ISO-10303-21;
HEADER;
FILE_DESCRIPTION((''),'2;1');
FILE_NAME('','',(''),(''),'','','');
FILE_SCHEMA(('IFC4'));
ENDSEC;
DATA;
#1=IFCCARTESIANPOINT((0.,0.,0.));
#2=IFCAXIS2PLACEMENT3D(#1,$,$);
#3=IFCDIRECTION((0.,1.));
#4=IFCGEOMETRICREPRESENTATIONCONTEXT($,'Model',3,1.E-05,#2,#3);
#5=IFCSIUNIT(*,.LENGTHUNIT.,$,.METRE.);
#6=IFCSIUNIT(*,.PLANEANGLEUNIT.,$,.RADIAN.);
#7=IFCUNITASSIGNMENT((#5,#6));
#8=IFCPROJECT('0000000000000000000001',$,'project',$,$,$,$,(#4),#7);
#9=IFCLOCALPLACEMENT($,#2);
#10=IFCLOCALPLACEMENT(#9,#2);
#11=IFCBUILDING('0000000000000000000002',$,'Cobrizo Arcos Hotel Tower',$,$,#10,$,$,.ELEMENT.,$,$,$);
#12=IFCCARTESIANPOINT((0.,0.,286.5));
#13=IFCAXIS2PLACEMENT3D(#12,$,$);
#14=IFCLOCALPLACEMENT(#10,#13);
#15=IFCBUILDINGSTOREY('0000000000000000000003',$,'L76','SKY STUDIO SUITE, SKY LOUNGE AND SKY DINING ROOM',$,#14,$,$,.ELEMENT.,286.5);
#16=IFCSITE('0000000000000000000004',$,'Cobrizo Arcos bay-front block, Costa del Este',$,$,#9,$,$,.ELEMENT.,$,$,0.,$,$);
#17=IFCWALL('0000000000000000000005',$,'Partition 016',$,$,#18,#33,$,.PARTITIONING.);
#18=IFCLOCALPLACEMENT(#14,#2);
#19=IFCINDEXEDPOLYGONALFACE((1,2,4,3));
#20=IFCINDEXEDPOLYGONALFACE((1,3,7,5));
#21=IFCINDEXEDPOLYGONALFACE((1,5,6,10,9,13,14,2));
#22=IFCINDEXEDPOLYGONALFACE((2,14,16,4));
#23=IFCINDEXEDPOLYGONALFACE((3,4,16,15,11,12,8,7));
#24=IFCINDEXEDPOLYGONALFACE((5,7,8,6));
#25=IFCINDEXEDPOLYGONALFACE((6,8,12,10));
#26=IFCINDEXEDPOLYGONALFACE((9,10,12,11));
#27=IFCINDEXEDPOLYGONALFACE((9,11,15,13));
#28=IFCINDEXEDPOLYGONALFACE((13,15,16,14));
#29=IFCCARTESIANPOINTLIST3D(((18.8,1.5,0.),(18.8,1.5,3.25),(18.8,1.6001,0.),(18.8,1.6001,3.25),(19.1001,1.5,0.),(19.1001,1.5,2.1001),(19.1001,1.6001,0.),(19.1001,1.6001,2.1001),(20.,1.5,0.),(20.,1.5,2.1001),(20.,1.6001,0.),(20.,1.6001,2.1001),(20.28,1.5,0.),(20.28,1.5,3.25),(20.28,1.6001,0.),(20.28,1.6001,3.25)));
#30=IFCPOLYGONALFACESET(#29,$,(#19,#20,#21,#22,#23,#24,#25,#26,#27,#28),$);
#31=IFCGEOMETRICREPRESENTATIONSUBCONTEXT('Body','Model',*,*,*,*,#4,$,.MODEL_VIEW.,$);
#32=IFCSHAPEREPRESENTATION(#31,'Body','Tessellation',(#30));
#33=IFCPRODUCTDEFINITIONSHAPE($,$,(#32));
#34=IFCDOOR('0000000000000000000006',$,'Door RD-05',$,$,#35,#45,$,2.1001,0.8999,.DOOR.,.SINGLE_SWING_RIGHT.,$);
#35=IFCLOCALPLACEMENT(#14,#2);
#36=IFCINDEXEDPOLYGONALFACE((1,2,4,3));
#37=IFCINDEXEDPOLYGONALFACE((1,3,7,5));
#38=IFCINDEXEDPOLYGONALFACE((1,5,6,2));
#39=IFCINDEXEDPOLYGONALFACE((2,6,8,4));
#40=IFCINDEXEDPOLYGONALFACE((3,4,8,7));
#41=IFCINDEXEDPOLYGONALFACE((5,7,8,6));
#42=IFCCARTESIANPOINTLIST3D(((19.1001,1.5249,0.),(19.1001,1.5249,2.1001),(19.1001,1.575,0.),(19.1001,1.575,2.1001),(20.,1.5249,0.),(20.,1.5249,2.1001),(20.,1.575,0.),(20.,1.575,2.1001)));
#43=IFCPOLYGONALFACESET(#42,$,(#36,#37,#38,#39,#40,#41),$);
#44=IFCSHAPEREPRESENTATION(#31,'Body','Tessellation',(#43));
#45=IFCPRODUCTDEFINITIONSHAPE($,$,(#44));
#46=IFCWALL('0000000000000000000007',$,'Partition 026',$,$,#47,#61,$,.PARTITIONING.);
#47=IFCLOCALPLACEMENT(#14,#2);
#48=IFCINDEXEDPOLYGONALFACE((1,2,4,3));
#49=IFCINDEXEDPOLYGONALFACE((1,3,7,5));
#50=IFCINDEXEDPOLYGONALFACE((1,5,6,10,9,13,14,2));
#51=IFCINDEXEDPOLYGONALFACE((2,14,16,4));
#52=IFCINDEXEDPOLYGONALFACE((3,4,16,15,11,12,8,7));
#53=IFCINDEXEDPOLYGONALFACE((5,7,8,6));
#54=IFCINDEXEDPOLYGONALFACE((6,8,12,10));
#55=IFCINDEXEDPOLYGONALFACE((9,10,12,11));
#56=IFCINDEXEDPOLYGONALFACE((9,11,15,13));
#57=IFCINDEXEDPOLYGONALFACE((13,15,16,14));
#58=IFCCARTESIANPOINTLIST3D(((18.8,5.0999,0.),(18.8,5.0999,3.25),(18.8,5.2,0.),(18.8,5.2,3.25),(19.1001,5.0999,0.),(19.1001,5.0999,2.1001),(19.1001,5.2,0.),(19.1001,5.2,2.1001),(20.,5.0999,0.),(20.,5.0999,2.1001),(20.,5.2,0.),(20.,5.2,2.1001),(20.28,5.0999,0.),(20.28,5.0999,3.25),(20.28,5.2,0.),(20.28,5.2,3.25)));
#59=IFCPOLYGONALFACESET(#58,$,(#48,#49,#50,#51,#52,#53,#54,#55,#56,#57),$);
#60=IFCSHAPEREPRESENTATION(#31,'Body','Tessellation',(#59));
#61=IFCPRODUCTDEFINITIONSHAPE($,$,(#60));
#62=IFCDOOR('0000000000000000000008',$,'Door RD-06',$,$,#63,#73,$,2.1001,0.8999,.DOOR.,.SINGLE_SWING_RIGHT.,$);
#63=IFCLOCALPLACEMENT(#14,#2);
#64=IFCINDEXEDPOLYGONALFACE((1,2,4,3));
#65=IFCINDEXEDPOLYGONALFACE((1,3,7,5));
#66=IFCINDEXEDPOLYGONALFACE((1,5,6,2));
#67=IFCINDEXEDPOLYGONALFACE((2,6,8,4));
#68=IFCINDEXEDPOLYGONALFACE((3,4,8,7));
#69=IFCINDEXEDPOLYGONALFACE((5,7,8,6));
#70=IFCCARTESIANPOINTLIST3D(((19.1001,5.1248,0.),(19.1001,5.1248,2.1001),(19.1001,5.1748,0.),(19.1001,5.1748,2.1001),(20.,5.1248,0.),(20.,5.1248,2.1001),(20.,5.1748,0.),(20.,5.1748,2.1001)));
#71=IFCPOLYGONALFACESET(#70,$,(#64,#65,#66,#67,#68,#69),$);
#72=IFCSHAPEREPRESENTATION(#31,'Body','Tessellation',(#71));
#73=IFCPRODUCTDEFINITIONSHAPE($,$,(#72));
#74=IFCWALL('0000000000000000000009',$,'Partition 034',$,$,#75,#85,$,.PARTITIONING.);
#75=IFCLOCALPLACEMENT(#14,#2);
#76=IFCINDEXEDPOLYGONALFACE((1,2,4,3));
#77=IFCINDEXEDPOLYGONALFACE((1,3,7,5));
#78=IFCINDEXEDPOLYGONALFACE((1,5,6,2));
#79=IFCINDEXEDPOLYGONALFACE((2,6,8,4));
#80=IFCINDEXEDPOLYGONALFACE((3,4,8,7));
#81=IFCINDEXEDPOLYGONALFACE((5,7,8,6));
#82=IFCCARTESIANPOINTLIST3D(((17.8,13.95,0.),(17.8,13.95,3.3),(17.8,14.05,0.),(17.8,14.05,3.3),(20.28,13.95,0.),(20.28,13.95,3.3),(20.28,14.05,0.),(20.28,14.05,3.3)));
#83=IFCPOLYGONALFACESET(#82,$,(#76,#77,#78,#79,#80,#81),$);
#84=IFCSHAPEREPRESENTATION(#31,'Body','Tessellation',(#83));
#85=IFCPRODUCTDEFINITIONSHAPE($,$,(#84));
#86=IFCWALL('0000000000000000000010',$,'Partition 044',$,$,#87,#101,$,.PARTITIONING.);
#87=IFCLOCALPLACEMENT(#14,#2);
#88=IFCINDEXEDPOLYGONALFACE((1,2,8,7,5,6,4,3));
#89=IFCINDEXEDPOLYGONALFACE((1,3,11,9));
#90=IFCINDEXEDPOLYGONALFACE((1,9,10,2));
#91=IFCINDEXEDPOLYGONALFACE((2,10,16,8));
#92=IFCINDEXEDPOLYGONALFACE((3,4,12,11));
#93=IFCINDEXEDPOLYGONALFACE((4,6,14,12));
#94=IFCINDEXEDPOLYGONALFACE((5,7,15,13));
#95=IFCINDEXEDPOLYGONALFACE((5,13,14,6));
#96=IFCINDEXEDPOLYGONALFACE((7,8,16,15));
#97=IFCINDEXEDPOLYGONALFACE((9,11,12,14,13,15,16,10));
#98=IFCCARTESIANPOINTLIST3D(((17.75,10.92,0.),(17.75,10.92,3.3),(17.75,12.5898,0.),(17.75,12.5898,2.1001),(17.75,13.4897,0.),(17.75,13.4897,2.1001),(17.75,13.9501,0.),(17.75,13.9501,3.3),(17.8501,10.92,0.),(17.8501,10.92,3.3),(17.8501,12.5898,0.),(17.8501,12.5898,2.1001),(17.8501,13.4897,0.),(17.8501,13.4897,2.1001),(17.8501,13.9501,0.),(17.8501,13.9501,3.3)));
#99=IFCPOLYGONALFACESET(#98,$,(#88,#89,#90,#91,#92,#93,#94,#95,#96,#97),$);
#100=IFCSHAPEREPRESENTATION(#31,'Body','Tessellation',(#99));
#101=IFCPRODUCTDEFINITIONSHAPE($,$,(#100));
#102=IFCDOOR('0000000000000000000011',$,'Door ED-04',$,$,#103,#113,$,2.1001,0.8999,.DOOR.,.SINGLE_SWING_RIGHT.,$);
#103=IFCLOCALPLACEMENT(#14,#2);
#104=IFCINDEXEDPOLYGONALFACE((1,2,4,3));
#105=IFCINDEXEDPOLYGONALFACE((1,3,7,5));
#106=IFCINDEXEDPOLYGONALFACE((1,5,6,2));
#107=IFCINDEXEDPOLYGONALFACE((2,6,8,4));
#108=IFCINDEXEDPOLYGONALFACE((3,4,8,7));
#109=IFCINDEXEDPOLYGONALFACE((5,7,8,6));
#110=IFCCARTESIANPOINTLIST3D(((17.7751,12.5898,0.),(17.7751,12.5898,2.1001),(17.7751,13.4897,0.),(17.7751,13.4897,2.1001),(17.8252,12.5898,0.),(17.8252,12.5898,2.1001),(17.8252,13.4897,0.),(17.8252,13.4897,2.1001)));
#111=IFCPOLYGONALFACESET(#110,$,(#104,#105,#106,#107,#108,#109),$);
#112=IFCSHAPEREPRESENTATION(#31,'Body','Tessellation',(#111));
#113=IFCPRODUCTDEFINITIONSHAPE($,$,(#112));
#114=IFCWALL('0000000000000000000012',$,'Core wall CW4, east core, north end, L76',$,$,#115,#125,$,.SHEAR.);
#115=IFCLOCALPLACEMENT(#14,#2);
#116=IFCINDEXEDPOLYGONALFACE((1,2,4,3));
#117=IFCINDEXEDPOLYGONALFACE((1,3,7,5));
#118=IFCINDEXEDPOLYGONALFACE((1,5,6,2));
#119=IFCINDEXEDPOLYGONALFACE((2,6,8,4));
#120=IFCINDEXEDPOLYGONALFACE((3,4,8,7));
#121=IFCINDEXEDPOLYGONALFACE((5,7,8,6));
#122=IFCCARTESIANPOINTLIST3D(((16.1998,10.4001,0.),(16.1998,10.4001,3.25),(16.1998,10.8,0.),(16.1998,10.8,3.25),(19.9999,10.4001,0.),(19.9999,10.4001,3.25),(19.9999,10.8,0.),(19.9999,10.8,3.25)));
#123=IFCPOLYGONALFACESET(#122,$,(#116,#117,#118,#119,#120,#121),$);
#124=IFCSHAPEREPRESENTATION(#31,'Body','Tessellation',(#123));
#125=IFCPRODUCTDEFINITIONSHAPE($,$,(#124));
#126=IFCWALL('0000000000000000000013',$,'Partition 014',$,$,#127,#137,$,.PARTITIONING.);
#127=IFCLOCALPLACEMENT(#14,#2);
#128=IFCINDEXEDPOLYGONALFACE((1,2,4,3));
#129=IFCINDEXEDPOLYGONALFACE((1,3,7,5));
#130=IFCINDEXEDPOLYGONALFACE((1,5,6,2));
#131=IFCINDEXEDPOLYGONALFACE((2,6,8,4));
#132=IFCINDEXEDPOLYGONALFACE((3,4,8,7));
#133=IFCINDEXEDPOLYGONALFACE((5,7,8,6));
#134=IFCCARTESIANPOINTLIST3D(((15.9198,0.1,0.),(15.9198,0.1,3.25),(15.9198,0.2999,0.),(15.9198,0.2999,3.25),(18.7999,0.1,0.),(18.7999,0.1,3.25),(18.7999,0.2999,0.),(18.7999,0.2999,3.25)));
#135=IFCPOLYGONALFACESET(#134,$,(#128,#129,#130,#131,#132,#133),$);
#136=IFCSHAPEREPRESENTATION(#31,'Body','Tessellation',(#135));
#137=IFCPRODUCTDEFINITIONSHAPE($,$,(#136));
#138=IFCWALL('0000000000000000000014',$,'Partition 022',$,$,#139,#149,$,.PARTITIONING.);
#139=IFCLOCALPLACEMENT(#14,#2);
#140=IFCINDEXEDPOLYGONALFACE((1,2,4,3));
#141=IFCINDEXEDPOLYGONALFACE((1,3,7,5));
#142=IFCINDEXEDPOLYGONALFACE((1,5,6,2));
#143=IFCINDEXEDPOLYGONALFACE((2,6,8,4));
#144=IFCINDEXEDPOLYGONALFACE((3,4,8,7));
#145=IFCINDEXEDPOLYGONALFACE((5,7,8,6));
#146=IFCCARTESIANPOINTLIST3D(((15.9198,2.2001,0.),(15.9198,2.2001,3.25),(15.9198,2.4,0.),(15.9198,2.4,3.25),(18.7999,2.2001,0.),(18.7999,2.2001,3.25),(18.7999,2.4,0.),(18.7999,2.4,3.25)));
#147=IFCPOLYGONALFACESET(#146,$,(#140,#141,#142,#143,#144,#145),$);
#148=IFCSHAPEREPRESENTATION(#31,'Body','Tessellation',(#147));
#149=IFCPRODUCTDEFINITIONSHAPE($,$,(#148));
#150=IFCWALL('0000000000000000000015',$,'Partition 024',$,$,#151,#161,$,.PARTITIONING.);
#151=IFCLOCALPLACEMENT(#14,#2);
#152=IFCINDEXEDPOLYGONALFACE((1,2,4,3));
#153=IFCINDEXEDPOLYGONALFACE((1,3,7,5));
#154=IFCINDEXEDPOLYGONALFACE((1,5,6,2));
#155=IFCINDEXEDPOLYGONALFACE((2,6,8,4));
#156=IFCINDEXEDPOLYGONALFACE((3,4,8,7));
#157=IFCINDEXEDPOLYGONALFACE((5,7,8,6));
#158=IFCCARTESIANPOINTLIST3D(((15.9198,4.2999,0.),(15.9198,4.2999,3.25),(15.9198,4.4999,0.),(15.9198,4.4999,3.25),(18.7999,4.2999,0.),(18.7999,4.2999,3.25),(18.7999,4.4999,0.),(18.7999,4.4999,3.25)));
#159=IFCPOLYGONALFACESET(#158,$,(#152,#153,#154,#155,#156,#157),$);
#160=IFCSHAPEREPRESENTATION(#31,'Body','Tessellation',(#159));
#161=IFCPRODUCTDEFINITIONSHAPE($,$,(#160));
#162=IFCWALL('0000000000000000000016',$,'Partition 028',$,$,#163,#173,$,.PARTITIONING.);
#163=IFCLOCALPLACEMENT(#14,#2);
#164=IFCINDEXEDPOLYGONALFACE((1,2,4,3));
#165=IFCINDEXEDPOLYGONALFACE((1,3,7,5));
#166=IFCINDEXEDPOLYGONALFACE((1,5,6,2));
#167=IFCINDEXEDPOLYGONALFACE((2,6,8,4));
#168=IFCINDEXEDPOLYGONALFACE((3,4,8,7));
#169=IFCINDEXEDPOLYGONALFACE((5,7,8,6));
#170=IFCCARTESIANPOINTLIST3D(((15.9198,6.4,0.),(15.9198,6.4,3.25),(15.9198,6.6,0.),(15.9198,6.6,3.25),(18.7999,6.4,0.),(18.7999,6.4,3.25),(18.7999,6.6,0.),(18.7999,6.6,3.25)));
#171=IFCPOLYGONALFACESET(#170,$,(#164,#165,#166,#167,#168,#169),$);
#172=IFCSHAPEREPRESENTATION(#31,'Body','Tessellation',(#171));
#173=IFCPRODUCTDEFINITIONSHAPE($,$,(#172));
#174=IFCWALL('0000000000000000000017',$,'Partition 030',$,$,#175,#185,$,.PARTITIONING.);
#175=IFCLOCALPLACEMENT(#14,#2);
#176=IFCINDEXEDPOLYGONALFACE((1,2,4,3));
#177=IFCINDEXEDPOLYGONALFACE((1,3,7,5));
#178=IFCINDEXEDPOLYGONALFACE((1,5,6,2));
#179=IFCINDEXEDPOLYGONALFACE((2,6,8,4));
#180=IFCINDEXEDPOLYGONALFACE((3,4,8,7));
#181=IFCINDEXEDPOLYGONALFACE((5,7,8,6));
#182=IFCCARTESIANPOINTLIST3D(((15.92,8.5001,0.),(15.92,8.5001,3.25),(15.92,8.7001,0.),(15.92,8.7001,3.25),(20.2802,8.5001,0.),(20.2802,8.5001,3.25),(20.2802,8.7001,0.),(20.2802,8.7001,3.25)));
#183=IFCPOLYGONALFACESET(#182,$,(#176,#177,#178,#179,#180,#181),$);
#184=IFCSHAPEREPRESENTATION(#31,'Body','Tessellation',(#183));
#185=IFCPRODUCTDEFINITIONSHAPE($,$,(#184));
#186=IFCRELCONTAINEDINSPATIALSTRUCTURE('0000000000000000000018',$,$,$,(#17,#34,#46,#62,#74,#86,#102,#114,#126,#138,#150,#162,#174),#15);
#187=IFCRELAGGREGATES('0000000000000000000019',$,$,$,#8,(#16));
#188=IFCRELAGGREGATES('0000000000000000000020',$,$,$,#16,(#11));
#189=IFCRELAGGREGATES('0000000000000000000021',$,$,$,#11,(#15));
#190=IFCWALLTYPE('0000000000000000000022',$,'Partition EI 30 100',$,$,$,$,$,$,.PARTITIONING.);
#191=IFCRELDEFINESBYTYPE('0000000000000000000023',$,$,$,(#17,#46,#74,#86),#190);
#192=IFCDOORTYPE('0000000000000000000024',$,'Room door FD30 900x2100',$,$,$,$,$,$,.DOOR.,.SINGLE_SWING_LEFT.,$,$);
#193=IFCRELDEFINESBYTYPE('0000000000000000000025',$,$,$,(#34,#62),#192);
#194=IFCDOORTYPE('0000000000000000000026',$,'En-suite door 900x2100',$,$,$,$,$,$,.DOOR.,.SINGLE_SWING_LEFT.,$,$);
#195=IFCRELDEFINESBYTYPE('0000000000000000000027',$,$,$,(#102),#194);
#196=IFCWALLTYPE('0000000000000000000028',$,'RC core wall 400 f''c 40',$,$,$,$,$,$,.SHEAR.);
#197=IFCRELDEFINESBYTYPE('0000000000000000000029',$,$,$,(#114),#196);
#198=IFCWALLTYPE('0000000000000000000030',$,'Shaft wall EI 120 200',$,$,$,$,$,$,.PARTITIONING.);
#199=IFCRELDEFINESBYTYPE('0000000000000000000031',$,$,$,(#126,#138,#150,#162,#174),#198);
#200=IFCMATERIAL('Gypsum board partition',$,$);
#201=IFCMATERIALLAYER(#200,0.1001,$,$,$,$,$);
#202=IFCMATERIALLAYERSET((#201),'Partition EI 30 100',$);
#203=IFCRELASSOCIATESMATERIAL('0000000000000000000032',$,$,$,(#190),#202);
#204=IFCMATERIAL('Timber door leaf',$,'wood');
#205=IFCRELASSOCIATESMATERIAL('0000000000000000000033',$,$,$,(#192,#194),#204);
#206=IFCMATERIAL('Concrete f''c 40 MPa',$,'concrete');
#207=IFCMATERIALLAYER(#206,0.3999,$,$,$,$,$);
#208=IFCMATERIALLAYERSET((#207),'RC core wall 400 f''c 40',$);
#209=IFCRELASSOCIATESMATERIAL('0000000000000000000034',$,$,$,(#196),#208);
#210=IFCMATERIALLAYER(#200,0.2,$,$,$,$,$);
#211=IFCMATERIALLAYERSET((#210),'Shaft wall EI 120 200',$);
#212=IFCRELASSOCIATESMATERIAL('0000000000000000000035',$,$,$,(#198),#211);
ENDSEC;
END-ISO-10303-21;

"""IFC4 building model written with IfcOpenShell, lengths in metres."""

from ifc_helpers import new_model, si_unit, direction, frame, frame_2d, origin, place, context, subcontext, project, spatial, rectangle, extrude, material, layer, layer_set, type_object, element, fill, save


model = new_model("IFC4")

# Units and contexts
model_context = context("Model", 3, precision=1e-05, world=origin(), true_north=direction((0.0, 1.0)))
body_context = subcontext(model_context, "Body", "Model", "MODEL_VIEW")
ifc_project = project(units=[si_unit("LENGTHUNIT", "METRE"), si_unit("PLANEANGLEUNIT", "RADIAN")], contexts=[model_context])

# Site, building, storey
site_placement = place(None, origin())
site = spatial("IfcSite", under=ifc_project, at=site_placement, Name="Cobrizo Arcos bay-front block, Costa del Este", CompositionType="ELEMENT", RefElevation=0.0)
building_placement = place(site_placement, origin())
building = spatial("IfcBuilding", under=site, at=building_placement, Name="Cobrizo Arcos Hotel Tower", CompositionType="ELEMENT")
storey_placement = place(building_placement, frame((0.0, 0.0, 286.5)))
storey = spatial("IfcBuildingStorey", under=building, at=storey_placement, Name="L76", Description="SKY STUDIO SUITE, SKY LOUNGE AND SKY DINING ROOM", CompositionType="ELEMENT", Elevation=286.5)

# Walls, openings, doors
ifc_material_1 = material(Name="Gypsum board partition")
ifc_layer_1 = layer(ifc_material_1, 0.1001)
ifc_layer_set_1 = layer_set([ifc_layer_1], Name="Partition EI 30 100")
wall_type_1 = type_object("IfcWallType", Name="Partition EI 30 100", PredefinedType="PARTITIONING", material=ifc_layer_set_1)
wall_1_placement = place(storey_placement, frame((18.8, 1.55, 0.0), z_axis=(0.0, 0.0, 1.0), x_axis=(1.0, 0.0, 0.0)))
wall_1 = element("IfcWall", 1, at=wall_1_placement, inside=storey, type_object=wall_type_1, Name="Partition 016", PredefinedType="PARTITIONING", context=body_context, shape_type="SweptSolid", body=[
    extrude(rectangle(XDim=1.48, YDim=0.1001, at=frame_2d((0.74, 0.0))), origin(), (0.0, 0.0, 1.0), 3.25),
])
opening_1_placement = place(wall_1_placement, frame((0.3, 0.0, 0.0)))
opening_1 = element("IfcOpeningElement", 2, at=opening_1_placement, cuts=wall_1, PredefinedType="OPENING", context=body_context, shape_type="SweptSolid", body=[
    extrude(rectangle(XDim=0.8999, YDim=2.1001, at=frame_2d((0.45, 1.05))), frame((0.0, 0.062, 0.0), z_axis=(0.0, -1.0, 0.0), x_axis=(1.0, 0.0, 0.0)), (0.0, 0.0, 1.0), 0.124),
])
ifc_material_2 = material(Name="Timber door leaf", Category="wood")
door_type_1 = type_object("IfcDoorType", Name="Room door FD30 900x2100", OperationType="SINGLE_SWING_LEFT", PredefinedType="DOOR", material=ifc_material_2)
door_1_placement = place(opening_1_placement, origin())
door_1 = element("IfcDoor", 3, at=door_1_placement, inside=storey, type_object=door_type_1, Name="Door RD-05", OperationType="SINGLE_SWING_RIGHT", OverallHeight=2.1001, OverallWidth=0.8999, PredefinedType="DOOR", context=body_context, shape_type="SweptSolid", body=[
    extrude(rectangle(XDim=0.8999, YDim=2.1001, at=frame_2d((0.45, 1.05))), frame((0.0, 0.0249, 0.0), z_axis=(0.0, -1.0, 0.0), x_axis=(1.0, 0.0, 0.0)), (0.0, 0.0, 1.0), 0.05),
])
fill(opening_1, door_1)
wall_2_placement = place(storey_placement, frame((18.8, 5.1499, 0.0), z_axis=(0.0, 0.0, 1.0), x_axis=(1.0, 0.0, 0.0)))
wall_2 = element("IfcWall", 4, at=wall_2_placement, inside=storey, type_object=wall_type_1, Name="Partition 026", PredefinedType="PARTITIONING", context=body_context, shape_type="SweptSolid", body=[
    extrude(rectangle(XDim=1.48, YDim=0.1001, at=frame_2d((0.74, 0.0))), origin(), (0.0, 0.0, 1.0), 3.25),
])
opening_2_placement = place(wall_2_placement, frame((0.3, 0.0, 0.0)))
opening_2 = element("IfcOpeningElement", 5, at=opening_2_placement, cuts=wall_2, PredefinedType="OPENING", context=body_context, shape_type="SweptSolid", body=[
    extrude(rectangle(XDim=0.8999, YDim=2.1001, at=frame_2d((0.45, 1.05))), frame((0.0, 0.062, 0.0), z_axis=(0.0, -1.0, 0.0), x_axis=(1.0, 0.0, 0.0)), (0.0, 0.0, 1.0), 0.124),
])
door_2_placement = place(opening_2_placement, origin())
door_2 = element("IfcDoor", 6, at=door_2_placement, inside=storey, type_object=door_type_1, Name="Door RD-06", OperationType="SINGLE_SWING_RIGHT", OverallHeight=2.1001, OverallWidth=0.8999, PredefinedType="DOOR", context=body_context, shape_type="SweptSolid", body=[
    extrude(rectangle(XDim=0.8999, YDim=2.1001, at=frame_2d((0.45, 1.05))), frame((0.0, 0.0249, 0.0), z_axis=(0.0, -1.0, 0.0), x_axis=(1.0, 0.0, 0.0)), (0.0, 0.0, 1.0), 0.05),
])
fill(opening_2, door_2)

# Wall
wall_3_placement = place(storey_placement, frame((17.8, 14.0, 0.0), z_axis=(0.0, 0.0, 1.0), x_axis=(1.0, 0.0, 0.0)))
element("IfcWall", 7, at=wall_3_placement, inside=storey, type_object=wall_type_1, Name="Partition 034", PredefinedType="PARTITIONING", context=body_context, shape_type="SweptSolid", body=[
    extrude(rectangle(XDim=2.48, YDim=0.1001, at=frame_2d((1.24, 0.0))), origin(), (0.0, 0.0, 1.0), 3.3),
])

# Wall, opening, door
wall_4_placement = place(storey_placement, frame((17.8, 10.9199, 0.0), z_axis=(0.0, 0.0, 1.0), x_axis=(0.0, 1.0, 0.0)))
wall_4 = element("IfcWall", 8, at=wall_4_placement, inside=storey, type_object=wall_type_1, Name="Partition 044", PredefinedType="PARTITIONING", context=body_context, shape_type="SweptSolid", body=[
    extrude(rectangle(XDim=3.03, YDim=0.1001, at=frame_2d((1.5151, 0.0))), origin(), (0.0, 0.0, 1.0), 3.3),
])
opening_3_placement = place(wall_4_placement, frame((1.6699, 0.0, 0.0)))
opening_3 = element("IfcOpeningElement", 9, at=opening_3_placement, cuts=wall_4, PredefinedType="OPENING", context=body_context, shape_type="SweptSolid", body=[
    extrude(rectangle(XDim=0.8999, YDim=2.1001, at=frame_2d((0.45, 1.05))), frame((0.0, 0.062, 0.0), z_axis=(0.0, -1.0, 0.0), x_axis=(1.0, 0.0, 0.0)), (0.0, 0.0, 1.0), 0.124),
])
door_type_2 = type_object("IfcDoorType", Name="En-suite door 900x2100", OperationType="SINGLE_SWING_LEFT", PredefinedType="DOOR", material=ifc_material_2)
door_3_placement = place(opening_3_placement, origin())
door_3 = element("IfcDoor", 10, at=door_3_placement, inside=storey, type_object=door_type_2, Name="Door ED-04", OperationType="SINGLE_SWING_RIGHT", OverallHeight=2.1001, OverallWidth=0.8999, PredefinedType="DOOR", context=body_context, shape_type="SweptSolid", body=[
    extrude(rectangle(XDim=0.8999, YDim=2.1001, at=frame_2d((0.45, 1.05))), frame((0.0, 0.0249, 0.0), z_axis=(0.0, -1.0, 0.0), x_axis=(1.0, 0.0, 0.0)), (0.0, 0.0, 1.0), 0.05),
])
fill(opening_3, door_3)

# Walls
ifc_material_3 = material(Name="Concrete f'c 40 MPa", Category="concrete")
ifc_layer_2 = layer(ifc_material_3, 0.3999)
ifc_layer_set_2 = layer_set([ifc_layer_2], Name="RC core wall 400 f'c 40")
wall_type_2 = type_object("IfcWallType", Name="RC core wall 400 f'c 40", PredefinedType="SHEAR", material=ifc_layer_set_2)
wall_5_placement = place(storey_placement, frame((16.2, 10.6001, 0.0), z_axis=(0.0, 0.0, 1.0), x_axis=(1.0, 0.0, 0.0)))
element("IfcWall", 11, at=wall_5_placement, inside=storey, type_object=wall_type_2, Name="Core wall CW4, east core, north end, L76", PredefinedType="SHEAR", context=body_context, shape_type="SweptSolid", body=[
    extrude(rectangle(XDim=3.8, YDim=0.3999, at=frame_2d((1.8999, 0.0))), origin(), (0.0, 0.0, 1.0), 3.25),
])
ifc_layer_3 = layer(ifc_material_1, 0.2)
ifc_layer_set_3 = layer_set([ifc_layer_3], Name="Shaft wall EI 120 200")
wall_type_3 = type_object("IfcWallType", Name="Shaft wall EI 120 200", PredefinedType="PARTITIONING", material=ifc_layer_set_3)
for number, where, z_axis, x_axis, name in (
    (12, (15.9199, 0.2, 0.0), (0.0, 0.0, 1.0), (1.0, 0.0, 0.0), "Partition 014"),
    (13, (15.9199, 2.3, 0.0), (0.0, 0.0, 1.0), (1.0, 0.0, 0.0), "Partition 022"),
    (14, (15.9199, 4.3999, 0.0), (0.0, 0.0, 1.0), (1.0, 0.0, 0.0), "Partition 024"),
    (15, (15.9199, 6.5, 0.0), (0.0, 0.0, 1.0), (1.0, 0.0, 0.0), "Partition 028"),
):
    element("IfcWall", number, at=place(storey_placement, frame(where, z_axis=z_axis, x_axis=x_axis)), inside=storey, type_object=wall_type_3, Name=name, PredefinedType="PARTITIONING", context=body_context, shape_type="SweptSolid", body=[
        extrude(rectangle(XDim=2.8801, YDim=0.2, at=frame_2d((1.4399, 0.0))), origin(), (0.0, 0.0, 1.0), 3.25),
    ])
wall_6_placement = place(storey_placement, frame((15.9199, 8.6001, 0.0), z_axis=(0.0, 0.0, 1.0), x_axis=(1.0, 0.0, 0.0)))
element("IfcWall", 16, at=wall_6_placement, inside=storey, type_object=wall_type_3, Name="Partition 030", PredefinedType="PARTITIONING", context=body_context, shape_type="SweptSolid", body=[
    extrude(rectangle(XDim=4.3601, YDim=0.2, at=frame_2d((2.1802, 0.0))), origin(), (0.0, 0.0, 1.0), 3.25),
])

save(model, "model.ifc")
